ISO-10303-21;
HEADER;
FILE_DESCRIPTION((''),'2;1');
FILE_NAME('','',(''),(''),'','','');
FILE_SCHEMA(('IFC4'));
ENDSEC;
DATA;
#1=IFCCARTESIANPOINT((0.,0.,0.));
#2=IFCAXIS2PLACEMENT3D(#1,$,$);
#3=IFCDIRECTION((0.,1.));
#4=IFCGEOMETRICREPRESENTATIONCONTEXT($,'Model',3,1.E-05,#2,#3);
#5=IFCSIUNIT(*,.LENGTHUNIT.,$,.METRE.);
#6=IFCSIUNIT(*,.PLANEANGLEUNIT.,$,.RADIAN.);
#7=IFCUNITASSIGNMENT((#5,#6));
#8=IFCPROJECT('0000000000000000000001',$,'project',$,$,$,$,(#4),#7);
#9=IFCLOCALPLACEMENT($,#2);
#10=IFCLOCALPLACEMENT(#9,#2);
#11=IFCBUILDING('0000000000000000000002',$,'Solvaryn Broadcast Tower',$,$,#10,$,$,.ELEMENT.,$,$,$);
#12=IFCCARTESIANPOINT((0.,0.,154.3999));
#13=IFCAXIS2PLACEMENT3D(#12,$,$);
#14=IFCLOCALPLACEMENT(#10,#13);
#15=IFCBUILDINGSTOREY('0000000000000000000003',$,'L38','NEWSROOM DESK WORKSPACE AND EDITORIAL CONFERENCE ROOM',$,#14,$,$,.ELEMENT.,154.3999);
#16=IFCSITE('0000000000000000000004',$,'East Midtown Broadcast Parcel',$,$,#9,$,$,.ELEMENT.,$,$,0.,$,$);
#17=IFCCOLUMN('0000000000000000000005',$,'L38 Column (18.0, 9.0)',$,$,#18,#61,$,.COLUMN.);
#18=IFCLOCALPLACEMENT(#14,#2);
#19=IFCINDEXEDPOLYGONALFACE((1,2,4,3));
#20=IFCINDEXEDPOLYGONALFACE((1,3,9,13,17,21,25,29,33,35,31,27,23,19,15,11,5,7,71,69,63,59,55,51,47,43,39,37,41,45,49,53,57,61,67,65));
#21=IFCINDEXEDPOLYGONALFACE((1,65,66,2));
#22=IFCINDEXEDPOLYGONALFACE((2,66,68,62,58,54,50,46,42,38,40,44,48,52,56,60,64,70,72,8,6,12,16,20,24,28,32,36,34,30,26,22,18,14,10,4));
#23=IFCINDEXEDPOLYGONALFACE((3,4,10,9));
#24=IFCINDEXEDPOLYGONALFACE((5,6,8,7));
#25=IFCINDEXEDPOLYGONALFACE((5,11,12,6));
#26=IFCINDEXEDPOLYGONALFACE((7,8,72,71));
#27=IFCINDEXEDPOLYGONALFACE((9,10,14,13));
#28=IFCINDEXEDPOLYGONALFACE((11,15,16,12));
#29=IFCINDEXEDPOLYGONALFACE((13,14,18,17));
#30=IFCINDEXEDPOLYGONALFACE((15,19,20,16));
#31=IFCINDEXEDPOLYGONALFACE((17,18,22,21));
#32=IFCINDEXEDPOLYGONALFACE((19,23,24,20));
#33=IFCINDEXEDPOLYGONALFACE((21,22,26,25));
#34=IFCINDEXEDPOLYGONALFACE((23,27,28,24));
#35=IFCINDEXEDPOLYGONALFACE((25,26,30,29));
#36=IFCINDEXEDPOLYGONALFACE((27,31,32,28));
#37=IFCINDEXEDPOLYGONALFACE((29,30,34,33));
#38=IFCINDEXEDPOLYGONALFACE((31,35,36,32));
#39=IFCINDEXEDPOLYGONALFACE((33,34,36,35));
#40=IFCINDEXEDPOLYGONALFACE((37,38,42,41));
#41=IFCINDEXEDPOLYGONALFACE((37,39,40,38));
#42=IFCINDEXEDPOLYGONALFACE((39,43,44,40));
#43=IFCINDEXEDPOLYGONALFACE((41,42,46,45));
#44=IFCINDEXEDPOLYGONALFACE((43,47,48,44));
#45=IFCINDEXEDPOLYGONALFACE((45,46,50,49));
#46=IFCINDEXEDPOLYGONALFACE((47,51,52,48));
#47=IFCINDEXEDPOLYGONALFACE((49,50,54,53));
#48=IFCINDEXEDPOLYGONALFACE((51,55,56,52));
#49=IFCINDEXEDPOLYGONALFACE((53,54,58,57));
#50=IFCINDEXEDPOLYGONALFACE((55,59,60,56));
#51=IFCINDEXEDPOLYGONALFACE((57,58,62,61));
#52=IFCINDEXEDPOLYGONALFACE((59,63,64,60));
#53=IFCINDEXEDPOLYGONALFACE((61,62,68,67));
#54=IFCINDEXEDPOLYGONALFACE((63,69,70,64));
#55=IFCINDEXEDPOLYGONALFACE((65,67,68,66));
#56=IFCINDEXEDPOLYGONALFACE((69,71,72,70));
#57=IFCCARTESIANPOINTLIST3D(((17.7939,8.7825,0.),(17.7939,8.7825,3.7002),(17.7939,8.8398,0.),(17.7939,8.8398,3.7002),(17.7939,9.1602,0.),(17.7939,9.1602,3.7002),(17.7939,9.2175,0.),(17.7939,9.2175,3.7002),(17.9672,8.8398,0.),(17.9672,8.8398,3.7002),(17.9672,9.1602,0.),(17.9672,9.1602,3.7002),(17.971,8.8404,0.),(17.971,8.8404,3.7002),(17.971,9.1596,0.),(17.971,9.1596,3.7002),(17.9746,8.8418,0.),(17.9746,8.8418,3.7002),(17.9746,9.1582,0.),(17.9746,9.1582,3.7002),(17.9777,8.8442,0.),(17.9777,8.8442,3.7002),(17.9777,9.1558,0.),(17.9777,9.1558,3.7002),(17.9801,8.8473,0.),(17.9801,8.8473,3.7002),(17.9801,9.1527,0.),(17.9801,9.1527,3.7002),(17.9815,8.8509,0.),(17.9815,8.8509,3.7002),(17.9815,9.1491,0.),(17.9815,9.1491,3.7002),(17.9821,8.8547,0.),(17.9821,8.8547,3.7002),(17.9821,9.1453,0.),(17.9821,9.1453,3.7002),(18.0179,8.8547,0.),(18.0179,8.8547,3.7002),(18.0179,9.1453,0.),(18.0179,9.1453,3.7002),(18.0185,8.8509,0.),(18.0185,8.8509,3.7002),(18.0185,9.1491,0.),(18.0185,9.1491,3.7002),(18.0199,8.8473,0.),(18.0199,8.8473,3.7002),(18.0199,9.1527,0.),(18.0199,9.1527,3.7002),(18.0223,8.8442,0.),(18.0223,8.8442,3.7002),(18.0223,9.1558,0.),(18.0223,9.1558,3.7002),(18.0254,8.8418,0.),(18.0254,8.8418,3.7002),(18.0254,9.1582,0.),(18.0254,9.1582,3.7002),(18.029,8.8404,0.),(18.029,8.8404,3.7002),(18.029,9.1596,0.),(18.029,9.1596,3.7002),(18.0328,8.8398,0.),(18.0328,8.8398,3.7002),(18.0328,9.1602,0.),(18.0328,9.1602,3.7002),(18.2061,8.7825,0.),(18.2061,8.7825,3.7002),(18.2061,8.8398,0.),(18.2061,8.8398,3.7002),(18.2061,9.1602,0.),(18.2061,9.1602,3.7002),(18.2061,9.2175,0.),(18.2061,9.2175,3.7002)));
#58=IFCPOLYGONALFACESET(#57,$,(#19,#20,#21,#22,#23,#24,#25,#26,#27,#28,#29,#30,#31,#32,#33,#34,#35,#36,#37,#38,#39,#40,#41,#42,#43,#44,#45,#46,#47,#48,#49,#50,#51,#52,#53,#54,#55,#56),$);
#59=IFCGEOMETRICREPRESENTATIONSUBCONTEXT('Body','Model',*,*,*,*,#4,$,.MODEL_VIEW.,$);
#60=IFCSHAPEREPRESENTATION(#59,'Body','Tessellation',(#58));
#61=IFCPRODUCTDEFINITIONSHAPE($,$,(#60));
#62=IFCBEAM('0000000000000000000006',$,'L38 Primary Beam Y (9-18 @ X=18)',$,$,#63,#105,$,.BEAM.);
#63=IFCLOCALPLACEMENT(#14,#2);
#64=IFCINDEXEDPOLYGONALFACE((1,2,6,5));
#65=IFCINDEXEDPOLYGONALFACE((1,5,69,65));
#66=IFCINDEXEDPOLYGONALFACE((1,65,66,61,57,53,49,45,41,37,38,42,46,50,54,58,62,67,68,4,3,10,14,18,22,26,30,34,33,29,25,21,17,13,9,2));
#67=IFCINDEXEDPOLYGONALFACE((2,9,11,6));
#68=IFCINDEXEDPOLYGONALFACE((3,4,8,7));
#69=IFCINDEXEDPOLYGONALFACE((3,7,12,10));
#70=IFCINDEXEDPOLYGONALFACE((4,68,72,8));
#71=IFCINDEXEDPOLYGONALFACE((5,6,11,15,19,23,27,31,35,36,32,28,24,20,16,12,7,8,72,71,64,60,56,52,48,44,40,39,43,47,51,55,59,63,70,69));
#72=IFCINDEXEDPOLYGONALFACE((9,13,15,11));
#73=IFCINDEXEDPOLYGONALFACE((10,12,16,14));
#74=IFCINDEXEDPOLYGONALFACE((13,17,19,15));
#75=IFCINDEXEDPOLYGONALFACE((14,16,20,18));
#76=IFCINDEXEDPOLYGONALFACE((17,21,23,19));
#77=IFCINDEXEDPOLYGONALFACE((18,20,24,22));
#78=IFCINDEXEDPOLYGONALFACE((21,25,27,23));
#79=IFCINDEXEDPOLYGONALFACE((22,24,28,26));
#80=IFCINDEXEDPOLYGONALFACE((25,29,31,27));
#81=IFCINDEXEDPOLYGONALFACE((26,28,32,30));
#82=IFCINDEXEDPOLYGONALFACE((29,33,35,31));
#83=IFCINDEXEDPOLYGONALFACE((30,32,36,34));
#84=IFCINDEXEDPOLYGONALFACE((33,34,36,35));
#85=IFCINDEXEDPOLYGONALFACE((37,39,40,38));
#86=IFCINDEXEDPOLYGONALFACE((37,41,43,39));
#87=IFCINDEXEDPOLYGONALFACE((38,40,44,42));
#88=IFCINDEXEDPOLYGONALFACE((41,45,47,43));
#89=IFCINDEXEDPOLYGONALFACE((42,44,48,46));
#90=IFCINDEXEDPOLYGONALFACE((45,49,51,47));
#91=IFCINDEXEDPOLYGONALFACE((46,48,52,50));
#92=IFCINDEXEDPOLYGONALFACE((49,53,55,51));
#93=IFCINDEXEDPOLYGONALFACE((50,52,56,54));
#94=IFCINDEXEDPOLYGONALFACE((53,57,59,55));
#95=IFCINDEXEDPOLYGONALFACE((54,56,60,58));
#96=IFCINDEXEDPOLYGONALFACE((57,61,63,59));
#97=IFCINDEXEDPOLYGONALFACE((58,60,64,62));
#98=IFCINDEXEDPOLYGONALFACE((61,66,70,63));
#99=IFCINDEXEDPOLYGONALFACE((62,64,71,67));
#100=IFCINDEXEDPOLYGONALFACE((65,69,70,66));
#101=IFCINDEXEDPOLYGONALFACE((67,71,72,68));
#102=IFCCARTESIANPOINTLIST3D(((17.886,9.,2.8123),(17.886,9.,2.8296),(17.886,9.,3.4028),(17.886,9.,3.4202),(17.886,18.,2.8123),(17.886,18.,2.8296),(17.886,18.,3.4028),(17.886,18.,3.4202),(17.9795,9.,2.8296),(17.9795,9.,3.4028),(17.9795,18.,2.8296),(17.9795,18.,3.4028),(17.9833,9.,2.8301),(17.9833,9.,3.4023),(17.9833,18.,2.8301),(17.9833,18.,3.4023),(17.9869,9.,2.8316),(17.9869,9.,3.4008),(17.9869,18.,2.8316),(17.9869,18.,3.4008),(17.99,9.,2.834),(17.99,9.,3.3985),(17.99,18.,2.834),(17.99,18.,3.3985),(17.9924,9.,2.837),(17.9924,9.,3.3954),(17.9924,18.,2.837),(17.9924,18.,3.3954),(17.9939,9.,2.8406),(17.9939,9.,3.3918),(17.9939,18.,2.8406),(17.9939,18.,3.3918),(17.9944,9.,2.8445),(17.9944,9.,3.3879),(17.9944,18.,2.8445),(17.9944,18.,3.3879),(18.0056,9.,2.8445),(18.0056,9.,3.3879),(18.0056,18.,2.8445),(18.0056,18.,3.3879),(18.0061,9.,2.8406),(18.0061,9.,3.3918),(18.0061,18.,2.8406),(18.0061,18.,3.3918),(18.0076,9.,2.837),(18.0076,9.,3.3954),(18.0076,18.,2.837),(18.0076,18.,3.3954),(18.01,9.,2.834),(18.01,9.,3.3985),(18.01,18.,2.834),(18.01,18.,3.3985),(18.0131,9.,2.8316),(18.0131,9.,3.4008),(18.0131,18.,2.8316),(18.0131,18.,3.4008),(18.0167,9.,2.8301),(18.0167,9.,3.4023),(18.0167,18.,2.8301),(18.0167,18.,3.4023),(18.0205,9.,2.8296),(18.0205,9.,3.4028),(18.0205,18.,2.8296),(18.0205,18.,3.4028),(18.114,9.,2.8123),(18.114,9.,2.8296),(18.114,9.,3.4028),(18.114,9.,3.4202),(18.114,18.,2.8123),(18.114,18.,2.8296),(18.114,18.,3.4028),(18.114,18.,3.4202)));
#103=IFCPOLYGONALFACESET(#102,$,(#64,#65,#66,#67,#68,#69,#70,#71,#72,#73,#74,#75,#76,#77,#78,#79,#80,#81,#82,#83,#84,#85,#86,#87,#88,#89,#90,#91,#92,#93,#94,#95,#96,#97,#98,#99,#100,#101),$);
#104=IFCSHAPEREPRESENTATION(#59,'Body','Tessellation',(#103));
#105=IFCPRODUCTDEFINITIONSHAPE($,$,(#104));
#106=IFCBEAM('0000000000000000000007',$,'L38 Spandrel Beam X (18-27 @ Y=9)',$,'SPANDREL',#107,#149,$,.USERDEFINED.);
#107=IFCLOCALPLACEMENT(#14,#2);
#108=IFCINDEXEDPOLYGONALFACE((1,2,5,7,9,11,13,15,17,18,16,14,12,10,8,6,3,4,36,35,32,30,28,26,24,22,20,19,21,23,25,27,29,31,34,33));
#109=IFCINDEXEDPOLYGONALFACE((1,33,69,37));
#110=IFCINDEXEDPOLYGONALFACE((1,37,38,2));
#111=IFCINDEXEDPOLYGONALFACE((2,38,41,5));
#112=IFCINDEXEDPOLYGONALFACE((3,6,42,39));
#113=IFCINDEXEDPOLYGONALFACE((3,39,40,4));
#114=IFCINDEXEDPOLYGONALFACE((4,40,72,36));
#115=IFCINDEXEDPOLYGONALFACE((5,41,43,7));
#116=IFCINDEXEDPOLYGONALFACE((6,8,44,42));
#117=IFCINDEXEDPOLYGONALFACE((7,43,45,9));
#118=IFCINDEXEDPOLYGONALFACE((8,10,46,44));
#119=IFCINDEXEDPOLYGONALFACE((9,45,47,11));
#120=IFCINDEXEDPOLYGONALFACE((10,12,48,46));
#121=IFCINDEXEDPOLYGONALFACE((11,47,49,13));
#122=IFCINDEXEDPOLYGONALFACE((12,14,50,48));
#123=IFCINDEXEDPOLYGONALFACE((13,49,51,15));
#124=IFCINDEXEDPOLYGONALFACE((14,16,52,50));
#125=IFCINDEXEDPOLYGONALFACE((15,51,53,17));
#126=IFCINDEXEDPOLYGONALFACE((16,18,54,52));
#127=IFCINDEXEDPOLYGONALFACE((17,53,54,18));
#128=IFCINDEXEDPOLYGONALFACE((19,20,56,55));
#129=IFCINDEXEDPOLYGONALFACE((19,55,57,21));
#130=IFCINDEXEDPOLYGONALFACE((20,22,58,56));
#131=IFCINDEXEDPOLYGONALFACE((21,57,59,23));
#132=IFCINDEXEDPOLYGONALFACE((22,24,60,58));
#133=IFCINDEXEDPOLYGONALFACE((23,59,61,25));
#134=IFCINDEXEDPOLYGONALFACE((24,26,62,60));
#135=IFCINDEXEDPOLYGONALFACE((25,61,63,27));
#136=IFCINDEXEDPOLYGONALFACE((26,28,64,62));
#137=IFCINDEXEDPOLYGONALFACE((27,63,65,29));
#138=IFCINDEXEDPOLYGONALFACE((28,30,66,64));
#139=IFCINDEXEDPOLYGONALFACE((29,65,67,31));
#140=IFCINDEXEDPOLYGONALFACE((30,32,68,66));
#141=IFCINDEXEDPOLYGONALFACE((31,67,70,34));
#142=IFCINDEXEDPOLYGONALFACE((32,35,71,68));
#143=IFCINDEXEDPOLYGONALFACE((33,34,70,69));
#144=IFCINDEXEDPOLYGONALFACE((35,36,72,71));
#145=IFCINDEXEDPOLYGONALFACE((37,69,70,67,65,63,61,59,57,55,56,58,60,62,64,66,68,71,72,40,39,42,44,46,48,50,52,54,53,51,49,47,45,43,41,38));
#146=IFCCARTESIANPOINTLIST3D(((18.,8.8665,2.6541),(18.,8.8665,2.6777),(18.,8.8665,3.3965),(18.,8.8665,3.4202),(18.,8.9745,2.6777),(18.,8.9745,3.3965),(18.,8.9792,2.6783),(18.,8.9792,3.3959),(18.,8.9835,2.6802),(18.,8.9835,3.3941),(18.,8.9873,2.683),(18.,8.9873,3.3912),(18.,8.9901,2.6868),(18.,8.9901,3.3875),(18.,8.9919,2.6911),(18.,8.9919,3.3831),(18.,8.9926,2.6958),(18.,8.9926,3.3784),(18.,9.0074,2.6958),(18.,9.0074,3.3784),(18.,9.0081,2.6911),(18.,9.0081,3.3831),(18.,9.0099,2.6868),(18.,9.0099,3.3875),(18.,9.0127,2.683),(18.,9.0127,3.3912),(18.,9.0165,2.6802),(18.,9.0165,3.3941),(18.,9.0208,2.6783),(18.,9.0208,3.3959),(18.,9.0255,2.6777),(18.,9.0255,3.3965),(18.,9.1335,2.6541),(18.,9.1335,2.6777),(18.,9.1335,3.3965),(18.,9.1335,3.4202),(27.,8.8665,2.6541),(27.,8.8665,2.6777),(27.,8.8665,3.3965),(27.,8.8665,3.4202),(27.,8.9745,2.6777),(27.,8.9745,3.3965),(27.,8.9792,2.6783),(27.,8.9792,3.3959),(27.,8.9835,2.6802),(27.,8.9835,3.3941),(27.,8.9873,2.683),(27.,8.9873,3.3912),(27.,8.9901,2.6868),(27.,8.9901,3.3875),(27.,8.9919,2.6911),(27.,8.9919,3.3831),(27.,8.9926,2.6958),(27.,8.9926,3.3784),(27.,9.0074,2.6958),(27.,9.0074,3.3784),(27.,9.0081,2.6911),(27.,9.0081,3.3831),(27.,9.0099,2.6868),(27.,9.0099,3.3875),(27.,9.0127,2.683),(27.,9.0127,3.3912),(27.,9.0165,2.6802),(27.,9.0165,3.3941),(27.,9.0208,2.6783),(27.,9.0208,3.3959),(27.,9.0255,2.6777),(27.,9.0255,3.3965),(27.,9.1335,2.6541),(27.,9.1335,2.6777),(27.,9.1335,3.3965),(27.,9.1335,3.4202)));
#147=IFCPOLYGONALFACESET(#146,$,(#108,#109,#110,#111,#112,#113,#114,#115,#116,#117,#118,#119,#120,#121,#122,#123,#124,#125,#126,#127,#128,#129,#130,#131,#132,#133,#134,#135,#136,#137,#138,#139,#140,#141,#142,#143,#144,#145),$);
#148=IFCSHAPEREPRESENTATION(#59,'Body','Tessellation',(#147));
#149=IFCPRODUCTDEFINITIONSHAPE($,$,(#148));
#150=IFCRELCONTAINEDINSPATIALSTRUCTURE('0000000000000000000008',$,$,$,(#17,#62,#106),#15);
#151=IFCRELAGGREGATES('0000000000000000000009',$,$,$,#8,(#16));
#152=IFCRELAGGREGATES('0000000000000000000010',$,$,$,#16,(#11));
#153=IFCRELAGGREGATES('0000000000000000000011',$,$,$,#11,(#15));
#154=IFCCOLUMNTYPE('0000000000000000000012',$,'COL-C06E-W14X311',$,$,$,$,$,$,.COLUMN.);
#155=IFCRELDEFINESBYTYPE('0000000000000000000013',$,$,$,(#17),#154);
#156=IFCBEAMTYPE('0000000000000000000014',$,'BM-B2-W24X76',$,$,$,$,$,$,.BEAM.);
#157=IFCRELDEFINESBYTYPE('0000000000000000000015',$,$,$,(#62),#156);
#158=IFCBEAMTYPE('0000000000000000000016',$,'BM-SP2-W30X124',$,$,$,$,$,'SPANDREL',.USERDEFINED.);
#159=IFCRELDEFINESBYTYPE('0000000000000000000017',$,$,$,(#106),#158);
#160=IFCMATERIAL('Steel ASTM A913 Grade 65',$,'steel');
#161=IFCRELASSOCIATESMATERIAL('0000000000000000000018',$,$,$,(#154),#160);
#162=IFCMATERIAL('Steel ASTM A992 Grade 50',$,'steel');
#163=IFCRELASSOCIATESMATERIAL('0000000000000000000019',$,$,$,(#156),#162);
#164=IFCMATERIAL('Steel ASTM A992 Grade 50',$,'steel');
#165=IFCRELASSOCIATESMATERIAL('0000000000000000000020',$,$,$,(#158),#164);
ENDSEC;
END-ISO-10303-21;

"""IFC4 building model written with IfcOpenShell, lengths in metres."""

from ifc_helpers import new_model, si_unit, direction, frame, origin, origin_2d, place, context, subcontext, project, spatial, i_section, extrude, material, material_profile, profile_set, type_object, element, save


model = new_model("IFC4")

# Units and contexts
model_context = context("Model", 3, precision=1e-05, world=origin(), true_north=direction((0.0, 1.0)))
body_context = subcontext(model_context, "Body", "Model", "MODEL_VIEW")
ifc_project = project(units=[si_unit("LENGTHUNIT", "METRE"), si_unit("PLANEANGLEUNIT", "RADIAN")], contexts=[model_context])

# Site, building, storey
site_placement = place(None, origin())
site = spatial("IfcSite", under=ifc_project, at=site_placement, Name="East Midtown Broadcast Parcel", CompositionType="ELEMENT", RefElevation=0.0)
building_placement = place(site_placement, origin())
building = spatial("IfcBuilding", under=site, at=building_placement, Name="Solvaryn Broadcast Tower", CompositionType="ELEMENT")
storey_placement = place(building_placement, frame((0.0, 0.0, 154.3999)))
storey = spatial("IfcBuildingStorey", under=building, at=storey_placement, Name="L38", Description="NEWSROOM DESK WORKSPACE AND EDITORIAL CONFERENCE ROOM", CompositionType="ELEMENT", Elevation=154.3999)

# Column
ifc_material_1 = material(Name="Steel ASTM A913 Grade 65", Category="steel")
ifc_material_profile_1 = material_profile(ifc_material_1, i_section(OverallWidth=0.4121, OverallDepth=0.4351, WebThickness=0.0359, FlangeThickness=0.0574, FilletRadius=0.0149, at=origin_2d()))
ifc_profile_set_1 = profile_set([ifc_material_profile_1], Name="Steel ASTM A913 Grade 65")
column_type = type_object("IfcColumnType", Name="COL-C06E-W14X311", PredefinedType="COLUMN", material=ifc_profile_set_1)
column_placement = place(storey_placement, frame((18.0, 9.0, 0.0), z_axis=(0.0, 0.0, 1.0), x_axis=(1.0, 0.0, 0.0)))
element("IfcColumn", 1, at=column_placement, inside=storey, type_object=column_type, Name="L38 Column (18.0, 9.0)", PredefinedType="COLUMN", context=body_context, shape_type="SweptSolid", body=[
    extrude(i_section(OverallWidth=0.4121, OverallDepth=0.4351, WebThickness=0.0359, FlangeThickness=0.0574, FilletRadius=0.0149, at=origin_2d()), origin(), (0.0, 0.0, 1.0), 3.7002),
])

# Beams
ifc_material_2 = material(Name="Steel ASTM A992 Grade 50", Category="steel")
ifc_material_profile_2 = material_profile(ifc_material_2, i_section(OverallWidth=0.228, OverallDepth=0.6079, WebThickness=0.0112, FlangeThickness=0.0173, FilletRadius=0.0149, at=origin_2d()))
ifc_profile_set_2 = profile_set([ifc_material_profile_2], Name="Steel ASTM A992 Grade 50")
beam_type_1 = type_object("IfcBeamType", Name="BM-B2-W24X76", PredefinedType="BEAM", material=ifc_profile_set_2)
beam_1_placement = place(storey_placement, frame((18.0, 9.0, 3.1162), z_axis=(0.0, 1.0, 0.0), x_axis=(-1.0, 0.0, 0.0)))
element("IfcBeam", 2, at=beam_1_placement, inside=storey, type_object=beam_type_1, Name="L38 Primary Beam Y (9-18 @ X=18)", PredefinedType="BEAM", context=body_context, shape_type="SweptSolid", body=[
    extrude(i_section(OverallWidth=0.228, OverallDepth=0.6079, WebThickness=0.0112, FlangeThickness=0.0173, FilletRadius=0.0149, at=origin_2d()), origin(), (0.0, 0.0, 1.0), 9.0),
])
ifc_material_3 = material(Name="Steel ASTM A992 Grade 50", Category="steel")
ifc_material_profile_3 = material_profile(ifc_material_3, i_section(OverallWidth=0.2671, OverallDepth=0.7661, WebThickness=0.0149, FlangeThickness=0.0237, FilletRadius=0.0181, at=origin_2d()))
ifc_profile_set_3 = profile_set([ifc_material_profile_3], Name="Steel ASTM A992 Grade 50")
beam_type_2 = type_object("IfcBeamType", Name="BM-SP2-W30X124", ElementType="SPANDREL", PredefinedType="USERDEFINED", material=ifc_profile_set_3)
beam_2_placement = place(storey_placement, frame((18.0, 9.0, 3.0371), z_axis=(1.0, 0.0, 0.0), x_axis=(0.0, 1.0, 0.0)))
element("IfcBeam", 3, at=beam_2_placement, inside=storey, type_object=beam_type_2, Name="L38 Spandrel Beam X (18-27 @ Y=9)", ObjectType="SPANDREL", PredefinedType="USERDEFINED", context=body_context, shape_type="SweptSolid", body=[
    extrude(i_section(OverallWidth=0.2671, OverallDepth=0.7661, WebThickness=0.0149, FlangeThickness=0.0237, FilletRadius=0.0181, at=origin_2d()), origin(), (0.0, 0.0, 1.0), 9.0),
])

save(model, "model.ifc")
